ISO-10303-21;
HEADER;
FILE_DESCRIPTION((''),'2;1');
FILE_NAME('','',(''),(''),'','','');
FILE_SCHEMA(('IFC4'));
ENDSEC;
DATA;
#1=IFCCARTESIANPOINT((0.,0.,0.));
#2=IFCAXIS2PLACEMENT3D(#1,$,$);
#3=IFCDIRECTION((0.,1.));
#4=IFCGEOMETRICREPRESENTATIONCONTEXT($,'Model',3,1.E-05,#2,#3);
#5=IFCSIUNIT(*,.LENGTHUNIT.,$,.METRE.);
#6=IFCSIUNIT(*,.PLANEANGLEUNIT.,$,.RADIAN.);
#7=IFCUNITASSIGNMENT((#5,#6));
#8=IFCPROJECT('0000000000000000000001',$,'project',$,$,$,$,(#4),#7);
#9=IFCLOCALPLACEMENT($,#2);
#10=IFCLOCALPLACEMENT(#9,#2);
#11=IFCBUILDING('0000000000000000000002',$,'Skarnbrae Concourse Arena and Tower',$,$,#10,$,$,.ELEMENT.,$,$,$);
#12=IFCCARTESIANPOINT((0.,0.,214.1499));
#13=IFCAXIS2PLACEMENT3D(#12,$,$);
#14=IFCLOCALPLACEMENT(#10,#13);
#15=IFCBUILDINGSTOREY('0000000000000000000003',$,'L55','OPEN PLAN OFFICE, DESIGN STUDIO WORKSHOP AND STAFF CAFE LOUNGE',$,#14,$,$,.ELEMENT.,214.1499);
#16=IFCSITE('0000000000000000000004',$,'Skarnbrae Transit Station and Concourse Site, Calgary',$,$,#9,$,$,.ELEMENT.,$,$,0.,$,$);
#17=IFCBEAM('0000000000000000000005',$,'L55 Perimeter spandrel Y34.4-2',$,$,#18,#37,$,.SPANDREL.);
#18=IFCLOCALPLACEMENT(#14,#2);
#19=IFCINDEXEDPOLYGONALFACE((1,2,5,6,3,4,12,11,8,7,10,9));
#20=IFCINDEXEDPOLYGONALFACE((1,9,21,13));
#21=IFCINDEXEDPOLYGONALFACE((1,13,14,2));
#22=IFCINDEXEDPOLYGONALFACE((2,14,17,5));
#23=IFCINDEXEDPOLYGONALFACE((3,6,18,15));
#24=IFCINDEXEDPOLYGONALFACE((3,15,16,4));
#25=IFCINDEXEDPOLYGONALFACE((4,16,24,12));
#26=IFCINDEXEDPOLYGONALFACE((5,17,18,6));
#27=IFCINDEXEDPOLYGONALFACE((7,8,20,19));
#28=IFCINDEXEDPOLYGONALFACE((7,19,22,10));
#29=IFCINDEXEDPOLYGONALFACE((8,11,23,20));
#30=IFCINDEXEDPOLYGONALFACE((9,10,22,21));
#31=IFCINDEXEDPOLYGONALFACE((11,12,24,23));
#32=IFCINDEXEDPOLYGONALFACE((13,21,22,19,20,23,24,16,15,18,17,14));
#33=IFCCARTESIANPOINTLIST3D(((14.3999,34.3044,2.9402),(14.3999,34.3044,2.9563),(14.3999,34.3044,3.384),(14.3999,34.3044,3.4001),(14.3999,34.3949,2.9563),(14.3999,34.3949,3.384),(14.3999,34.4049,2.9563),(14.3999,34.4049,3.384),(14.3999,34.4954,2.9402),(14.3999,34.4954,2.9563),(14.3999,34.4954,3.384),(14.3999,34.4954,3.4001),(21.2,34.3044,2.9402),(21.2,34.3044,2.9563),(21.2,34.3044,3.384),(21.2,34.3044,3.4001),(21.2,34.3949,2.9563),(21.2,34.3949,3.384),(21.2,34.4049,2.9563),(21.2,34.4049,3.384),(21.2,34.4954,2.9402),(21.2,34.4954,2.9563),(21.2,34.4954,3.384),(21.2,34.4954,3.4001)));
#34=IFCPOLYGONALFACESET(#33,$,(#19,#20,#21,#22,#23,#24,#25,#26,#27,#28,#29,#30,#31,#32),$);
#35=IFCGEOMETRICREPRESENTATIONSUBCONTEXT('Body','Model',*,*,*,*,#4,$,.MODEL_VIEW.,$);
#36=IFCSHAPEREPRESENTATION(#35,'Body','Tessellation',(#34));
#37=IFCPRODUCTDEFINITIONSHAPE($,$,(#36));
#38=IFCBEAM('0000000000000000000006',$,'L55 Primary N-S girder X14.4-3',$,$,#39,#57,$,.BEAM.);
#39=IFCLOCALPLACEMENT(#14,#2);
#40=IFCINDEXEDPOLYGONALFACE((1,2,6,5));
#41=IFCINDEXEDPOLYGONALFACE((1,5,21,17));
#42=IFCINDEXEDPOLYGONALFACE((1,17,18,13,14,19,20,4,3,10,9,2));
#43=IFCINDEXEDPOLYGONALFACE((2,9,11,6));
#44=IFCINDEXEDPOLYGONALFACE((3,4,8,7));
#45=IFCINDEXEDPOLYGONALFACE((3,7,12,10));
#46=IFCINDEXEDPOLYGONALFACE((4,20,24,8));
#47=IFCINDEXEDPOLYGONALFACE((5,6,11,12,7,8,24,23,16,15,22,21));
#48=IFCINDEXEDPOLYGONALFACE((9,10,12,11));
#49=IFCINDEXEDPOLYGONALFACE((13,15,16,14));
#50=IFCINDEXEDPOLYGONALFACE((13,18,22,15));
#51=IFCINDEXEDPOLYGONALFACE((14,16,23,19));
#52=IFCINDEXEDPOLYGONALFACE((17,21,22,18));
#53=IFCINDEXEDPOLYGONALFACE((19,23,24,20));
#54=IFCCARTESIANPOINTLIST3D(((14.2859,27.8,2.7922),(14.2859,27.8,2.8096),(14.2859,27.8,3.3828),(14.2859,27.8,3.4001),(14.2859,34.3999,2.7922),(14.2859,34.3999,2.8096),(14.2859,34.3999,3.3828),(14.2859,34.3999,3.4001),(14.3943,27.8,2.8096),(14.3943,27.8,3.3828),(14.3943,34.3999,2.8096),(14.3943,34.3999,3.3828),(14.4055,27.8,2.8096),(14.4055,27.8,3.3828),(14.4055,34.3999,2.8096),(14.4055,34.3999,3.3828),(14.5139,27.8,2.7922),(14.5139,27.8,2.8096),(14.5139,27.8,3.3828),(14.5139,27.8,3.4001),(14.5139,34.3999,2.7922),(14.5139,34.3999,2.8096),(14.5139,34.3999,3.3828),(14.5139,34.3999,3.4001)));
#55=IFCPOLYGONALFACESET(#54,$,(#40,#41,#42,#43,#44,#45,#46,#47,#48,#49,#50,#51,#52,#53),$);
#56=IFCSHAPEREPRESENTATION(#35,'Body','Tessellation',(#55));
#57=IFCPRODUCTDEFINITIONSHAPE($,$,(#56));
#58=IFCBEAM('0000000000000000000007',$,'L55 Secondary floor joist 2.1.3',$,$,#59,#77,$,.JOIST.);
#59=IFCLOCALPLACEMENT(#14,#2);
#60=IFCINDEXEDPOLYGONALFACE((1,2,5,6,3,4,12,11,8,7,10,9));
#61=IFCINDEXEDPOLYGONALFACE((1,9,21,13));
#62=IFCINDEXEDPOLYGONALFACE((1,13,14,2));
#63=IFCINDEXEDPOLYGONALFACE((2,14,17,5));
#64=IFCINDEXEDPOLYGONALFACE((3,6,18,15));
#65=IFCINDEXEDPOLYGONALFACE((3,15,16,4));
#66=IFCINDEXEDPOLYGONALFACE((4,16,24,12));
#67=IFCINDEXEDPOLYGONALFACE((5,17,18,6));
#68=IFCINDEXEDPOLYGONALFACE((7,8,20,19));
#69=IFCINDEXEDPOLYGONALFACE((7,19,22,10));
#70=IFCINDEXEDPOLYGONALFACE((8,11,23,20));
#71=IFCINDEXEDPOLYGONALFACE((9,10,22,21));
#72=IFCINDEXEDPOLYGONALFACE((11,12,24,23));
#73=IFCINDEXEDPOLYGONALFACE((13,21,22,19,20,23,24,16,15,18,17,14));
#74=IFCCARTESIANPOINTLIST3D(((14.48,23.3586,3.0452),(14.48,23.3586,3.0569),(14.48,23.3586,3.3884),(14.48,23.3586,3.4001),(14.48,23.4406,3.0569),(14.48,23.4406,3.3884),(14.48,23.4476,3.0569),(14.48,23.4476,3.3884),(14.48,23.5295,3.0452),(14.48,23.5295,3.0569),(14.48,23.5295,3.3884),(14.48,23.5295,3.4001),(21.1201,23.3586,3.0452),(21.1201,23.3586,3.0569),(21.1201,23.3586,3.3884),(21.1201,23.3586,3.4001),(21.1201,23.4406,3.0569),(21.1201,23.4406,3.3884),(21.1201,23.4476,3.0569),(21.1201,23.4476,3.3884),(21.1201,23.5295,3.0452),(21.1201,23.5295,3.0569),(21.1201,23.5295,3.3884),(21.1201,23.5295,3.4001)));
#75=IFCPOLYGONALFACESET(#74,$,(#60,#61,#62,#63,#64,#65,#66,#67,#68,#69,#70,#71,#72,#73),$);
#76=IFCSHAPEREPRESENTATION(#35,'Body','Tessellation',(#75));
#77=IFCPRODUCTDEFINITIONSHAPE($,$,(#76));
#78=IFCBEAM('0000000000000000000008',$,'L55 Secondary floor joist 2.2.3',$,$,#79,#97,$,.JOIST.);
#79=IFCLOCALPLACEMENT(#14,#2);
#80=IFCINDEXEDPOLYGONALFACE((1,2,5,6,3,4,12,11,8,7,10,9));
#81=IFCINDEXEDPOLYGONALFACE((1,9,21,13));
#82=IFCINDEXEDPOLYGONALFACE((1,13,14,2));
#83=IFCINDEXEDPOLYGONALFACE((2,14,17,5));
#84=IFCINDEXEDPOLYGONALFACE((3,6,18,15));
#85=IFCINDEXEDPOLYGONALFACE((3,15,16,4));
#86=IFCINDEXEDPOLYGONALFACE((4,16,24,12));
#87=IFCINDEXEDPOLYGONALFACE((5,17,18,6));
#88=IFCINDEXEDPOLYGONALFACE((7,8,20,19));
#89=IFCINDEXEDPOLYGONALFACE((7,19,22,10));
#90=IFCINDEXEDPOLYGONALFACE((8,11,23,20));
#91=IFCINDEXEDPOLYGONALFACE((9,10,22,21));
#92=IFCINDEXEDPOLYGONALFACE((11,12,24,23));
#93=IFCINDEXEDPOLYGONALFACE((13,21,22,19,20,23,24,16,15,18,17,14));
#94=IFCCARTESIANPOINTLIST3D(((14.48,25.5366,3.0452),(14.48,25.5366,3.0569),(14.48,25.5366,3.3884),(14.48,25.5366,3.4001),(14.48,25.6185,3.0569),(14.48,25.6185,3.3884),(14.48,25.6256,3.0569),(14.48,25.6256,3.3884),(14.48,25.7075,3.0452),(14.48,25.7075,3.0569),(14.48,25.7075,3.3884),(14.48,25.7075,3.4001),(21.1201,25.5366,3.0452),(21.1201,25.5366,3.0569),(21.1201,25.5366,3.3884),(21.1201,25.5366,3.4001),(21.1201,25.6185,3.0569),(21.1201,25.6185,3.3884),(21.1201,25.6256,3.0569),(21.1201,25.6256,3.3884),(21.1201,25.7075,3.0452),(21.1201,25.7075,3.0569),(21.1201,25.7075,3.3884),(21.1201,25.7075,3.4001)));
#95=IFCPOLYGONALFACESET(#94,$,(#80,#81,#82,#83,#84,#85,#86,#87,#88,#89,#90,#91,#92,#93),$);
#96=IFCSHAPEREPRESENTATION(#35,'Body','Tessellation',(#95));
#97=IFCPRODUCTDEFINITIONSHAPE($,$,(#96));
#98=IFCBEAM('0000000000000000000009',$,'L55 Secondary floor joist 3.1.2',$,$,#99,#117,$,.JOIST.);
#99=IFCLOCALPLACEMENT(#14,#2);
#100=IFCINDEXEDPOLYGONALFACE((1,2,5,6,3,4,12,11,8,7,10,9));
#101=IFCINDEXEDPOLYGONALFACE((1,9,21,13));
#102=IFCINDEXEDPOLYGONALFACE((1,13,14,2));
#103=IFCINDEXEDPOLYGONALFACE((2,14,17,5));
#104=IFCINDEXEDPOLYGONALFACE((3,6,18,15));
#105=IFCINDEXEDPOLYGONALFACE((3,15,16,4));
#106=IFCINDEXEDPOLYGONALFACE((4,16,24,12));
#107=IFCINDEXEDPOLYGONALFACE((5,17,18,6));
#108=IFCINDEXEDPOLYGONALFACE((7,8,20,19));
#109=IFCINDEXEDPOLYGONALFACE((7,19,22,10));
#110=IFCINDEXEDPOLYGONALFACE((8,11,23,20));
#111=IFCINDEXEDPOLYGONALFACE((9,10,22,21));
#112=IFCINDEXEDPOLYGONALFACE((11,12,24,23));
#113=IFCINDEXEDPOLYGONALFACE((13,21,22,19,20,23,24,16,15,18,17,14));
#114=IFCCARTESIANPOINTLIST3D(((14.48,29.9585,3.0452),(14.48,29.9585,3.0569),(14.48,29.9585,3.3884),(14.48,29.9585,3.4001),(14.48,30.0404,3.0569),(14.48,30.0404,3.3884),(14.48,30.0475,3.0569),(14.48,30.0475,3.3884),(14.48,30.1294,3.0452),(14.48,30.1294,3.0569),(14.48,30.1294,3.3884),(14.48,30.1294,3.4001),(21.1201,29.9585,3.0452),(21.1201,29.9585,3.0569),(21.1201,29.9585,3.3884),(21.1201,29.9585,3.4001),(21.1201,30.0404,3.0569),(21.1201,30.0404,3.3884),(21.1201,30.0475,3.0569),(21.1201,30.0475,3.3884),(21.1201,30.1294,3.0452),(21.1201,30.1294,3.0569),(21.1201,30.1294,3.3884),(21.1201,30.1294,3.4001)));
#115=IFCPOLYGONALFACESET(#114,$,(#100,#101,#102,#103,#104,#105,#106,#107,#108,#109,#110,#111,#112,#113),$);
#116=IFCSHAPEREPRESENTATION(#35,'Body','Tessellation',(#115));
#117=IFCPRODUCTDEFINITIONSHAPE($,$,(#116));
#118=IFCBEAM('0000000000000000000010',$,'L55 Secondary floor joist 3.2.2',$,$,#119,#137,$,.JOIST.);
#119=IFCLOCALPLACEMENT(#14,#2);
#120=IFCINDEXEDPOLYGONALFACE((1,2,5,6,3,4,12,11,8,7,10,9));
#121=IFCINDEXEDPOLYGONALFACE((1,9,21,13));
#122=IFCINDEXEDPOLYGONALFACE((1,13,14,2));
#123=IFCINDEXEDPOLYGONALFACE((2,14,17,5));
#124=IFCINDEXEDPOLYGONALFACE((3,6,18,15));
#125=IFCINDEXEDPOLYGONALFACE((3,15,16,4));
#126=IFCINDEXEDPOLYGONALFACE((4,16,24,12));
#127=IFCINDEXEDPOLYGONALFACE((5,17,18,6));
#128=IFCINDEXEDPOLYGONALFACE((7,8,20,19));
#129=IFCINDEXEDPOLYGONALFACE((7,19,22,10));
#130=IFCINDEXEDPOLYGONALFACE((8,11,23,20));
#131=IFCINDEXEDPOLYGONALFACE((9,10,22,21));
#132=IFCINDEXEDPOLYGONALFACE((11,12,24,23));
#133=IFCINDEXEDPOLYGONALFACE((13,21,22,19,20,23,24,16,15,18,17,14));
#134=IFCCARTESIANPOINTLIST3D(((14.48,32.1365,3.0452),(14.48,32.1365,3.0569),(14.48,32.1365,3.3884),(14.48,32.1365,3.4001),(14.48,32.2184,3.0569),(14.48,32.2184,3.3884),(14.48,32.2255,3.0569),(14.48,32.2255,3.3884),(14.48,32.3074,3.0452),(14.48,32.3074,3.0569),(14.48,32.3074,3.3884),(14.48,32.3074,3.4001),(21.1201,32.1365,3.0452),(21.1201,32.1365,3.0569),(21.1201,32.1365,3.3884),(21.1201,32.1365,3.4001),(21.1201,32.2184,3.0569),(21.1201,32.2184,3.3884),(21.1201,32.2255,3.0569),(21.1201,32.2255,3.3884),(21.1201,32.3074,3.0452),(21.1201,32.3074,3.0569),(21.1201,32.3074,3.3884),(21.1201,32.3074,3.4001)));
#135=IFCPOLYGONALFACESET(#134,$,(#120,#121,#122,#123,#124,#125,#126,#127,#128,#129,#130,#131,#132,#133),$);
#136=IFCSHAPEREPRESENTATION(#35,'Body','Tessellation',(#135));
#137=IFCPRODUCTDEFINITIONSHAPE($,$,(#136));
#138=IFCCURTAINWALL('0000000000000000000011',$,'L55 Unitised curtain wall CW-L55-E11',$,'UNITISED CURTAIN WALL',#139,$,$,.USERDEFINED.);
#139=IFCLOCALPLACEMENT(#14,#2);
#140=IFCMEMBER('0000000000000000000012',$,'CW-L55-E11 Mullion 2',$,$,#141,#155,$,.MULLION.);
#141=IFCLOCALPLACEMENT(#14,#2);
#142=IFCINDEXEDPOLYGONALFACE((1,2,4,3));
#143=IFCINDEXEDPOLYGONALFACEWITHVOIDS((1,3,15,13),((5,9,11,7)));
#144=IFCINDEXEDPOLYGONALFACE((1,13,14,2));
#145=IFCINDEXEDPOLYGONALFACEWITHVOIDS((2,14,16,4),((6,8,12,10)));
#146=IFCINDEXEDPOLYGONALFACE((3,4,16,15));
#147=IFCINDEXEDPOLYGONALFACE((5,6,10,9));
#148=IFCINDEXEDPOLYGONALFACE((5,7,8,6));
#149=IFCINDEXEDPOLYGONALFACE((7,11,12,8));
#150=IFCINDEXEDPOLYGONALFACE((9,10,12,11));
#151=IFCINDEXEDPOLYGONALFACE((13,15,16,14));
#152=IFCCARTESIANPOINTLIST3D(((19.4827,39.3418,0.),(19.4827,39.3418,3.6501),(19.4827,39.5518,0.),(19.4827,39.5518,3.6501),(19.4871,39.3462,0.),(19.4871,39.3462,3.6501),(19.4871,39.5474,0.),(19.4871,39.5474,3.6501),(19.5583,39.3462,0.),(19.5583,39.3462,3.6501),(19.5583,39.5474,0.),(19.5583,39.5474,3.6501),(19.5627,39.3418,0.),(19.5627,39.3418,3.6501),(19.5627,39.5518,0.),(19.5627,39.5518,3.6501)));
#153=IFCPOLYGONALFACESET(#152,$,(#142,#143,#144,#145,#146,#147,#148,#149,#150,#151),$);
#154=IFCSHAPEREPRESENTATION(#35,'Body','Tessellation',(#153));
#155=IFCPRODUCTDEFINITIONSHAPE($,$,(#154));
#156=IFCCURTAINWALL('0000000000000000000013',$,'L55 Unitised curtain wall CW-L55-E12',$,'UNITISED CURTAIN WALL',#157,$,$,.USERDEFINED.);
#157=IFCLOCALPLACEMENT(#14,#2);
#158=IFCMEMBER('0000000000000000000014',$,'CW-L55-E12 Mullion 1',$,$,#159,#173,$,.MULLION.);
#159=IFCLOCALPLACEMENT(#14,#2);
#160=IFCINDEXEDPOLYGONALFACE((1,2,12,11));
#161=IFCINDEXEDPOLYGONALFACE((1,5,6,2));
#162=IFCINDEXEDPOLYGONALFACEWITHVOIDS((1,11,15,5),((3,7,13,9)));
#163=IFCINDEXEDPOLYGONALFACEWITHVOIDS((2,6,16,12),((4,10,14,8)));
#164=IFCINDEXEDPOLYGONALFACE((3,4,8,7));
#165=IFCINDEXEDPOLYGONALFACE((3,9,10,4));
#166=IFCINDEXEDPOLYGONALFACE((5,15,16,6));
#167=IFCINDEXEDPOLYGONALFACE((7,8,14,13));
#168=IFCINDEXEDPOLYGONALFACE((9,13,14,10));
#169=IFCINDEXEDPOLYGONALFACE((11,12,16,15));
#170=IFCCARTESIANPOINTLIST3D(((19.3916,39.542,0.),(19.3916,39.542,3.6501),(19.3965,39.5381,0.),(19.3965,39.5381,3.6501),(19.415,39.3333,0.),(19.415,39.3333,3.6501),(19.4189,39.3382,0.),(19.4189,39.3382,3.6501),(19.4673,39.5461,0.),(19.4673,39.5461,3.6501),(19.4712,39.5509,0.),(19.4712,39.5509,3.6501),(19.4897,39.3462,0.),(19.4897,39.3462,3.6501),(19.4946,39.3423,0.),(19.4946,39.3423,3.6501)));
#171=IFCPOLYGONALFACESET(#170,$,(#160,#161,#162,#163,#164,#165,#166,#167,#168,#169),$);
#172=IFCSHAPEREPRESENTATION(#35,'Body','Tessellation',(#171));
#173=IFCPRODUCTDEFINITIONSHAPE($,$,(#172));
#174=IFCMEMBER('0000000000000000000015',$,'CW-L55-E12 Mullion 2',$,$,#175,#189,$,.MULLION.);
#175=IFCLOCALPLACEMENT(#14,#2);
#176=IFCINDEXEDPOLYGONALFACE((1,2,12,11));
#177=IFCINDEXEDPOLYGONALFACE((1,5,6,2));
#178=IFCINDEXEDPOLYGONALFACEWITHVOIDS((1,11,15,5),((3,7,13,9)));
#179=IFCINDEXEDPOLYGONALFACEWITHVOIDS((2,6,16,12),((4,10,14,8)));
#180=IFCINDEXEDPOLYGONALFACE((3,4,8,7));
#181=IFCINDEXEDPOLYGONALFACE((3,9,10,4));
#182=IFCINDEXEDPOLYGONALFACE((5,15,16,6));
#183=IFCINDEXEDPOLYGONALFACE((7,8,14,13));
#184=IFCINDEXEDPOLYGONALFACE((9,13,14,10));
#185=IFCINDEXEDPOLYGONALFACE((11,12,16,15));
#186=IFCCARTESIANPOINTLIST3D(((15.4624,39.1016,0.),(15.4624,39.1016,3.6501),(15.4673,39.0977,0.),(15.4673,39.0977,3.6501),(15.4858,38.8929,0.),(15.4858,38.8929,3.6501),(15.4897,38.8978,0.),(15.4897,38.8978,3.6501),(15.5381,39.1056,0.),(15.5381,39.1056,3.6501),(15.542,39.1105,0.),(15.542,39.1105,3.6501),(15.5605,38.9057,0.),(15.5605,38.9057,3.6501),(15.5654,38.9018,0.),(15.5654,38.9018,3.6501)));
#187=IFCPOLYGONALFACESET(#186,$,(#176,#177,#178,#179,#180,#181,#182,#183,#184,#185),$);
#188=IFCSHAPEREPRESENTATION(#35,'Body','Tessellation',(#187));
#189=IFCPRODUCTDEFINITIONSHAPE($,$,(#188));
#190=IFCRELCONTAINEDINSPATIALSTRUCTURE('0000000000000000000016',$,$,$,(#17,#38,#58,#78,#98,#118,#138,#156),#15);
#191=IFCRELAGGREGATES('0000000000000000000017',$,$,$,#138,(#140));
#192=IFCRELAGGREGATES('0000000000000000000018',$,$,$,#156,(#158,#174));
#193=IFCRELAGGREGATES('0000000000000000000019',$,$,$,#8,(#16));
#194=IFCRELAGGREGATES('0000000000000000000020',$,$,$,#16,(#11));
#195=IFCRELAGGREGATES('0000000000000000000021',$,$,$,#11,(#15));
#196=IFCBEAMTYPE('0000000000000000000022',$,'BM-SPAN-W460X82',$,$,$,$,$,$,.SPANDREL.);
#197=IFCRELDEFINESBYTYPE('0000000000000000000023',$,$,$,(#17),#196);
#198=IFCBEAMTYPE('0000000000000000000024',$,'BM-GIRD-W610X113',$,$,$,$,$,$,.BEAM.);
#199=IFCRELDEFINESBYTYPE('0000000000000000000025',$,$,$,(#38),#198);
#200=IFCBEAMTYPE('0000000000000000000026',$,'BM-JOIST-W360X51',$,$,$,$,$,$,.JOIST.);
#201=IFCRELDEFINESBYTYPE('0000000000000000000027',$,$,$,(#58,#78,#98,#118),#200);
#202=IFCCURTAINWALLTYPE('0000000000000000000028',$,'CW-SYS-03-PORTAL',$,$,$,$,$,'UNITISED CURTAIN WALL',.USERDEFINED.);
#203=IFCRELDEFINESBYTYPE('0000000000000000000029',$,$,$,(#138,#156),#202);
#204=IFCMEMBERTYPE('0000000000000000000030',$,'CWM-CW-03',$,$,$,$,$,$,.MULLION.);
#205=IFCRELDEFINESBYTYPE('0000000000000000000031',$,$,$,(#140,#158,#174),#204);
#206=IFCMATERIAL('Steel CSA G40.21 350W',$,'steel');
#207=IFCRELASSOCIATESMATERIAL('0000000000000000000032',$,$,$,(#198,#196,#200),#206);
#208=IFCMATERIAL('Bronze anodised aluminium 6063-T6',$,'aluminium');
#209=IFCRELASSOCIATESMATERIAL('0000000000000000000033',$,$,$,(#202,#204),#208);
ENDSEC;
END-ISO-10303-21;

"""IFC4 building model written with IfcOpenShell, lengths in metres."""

from ifc_helpers import new_model, si_unit, direction, frame, origin, origin_2d, place, context, subcontext, project, spatial, hollow_rectangle, i_section, extrude, source, transform, mapped, material, material_profile, profile_set, type_object, element, aggregate, save


model = new_model("IFC4")

# Units and contexts
model_context = context("Model", 3, precision=1e-05, world=origin(), true_north=direction((0.0, 1.0)))
body_context = subcontext(model_context, "Body", "Model", "MODEL_VIEW")
ifc_project = project(units=[si_unit("LENGTHUNIT", "METRE"), si_unit("PLANEANGLEUNIT", "RADIAN")], contexts=[model_context])

# Site, building, storey
site_placement = place(None, origin())
site = spatial("IfcSite", under=ifc_project, at=site_placement, Name="Skarnbrae Transit Station and Concourse Site, Calgary", CompositionType="ELEMENT", RefElevation=0.0)
building_placement = place(site_placement, origin())
building = spatial("IfcBuilding", under=site, at=building_placement, Name="Skarnbrae Concourse Arena and Tower", CompositionType="ELEMENT")
storey_placement = place(building_placement, frame((0.0, 0.0, 214.1499)))
storey = spatial("IfcBuildingStorey", under=building, at=storey_placement, Name="L55", Description="OPEN PLAN OFFICE, DESIGN STUDIO WORKSHOP AND STAFF CAFE LOUNGE", CompositionType="ELEMENT", Elevation=214.1499)

# Shared definitions
ifc_material_1 = material(Name="Steel CSA G40.21 350W", Category="steel")

# Beams
ifc_material_profile_1 = material_profile(ifc_material_1, i_section(OverallWidth=0.228, OverallDepth=0.6079, WebThickness=0.0112, FlangeThickness=0.0173, at=origin_2d()), Name="W610X113")
ifc_profile_set_1 = profile_set([ifc_material_profile_1], Name="Steel CSA G40.21 350W")
beam_type_1 = type_object("IfcBeamType", Name="BM-GIRD-W610X113", PredefinedType="BEAM", material=ifc_profile_set_1)
ifc_material_profile_2 = material_profile(ifc_material_1, i_section(OverallWidth=0.1909, OverallDepth=0.46, WebThickness=0.01, FlangeThickness=0.0161, at=origin_2d()), Name="W460X82")
ifc_profile_set_2 = profile_set([ifc_material_profile_2], Name="Steel CSA G40.21 350W")
beam_type_2 = type_object("IfcBeamType", Name="BM-SPAN-W460X82", PredefinedType="SPANDREL", material=ifc_profile_set_2)
shared_shape_1 = source(origin(), body_context, "Body", "SweptSolid", [
    extrude(i_section(OverallWidth=0.1909, OverallDepth=0.46, WebThickness=0.01, FlangeThickness=0.0161, at=origin_2d()), origin(), (0.0, 0.0, 1.0), 6.8),
])
beam_1_placement = place(storey_placement, frame((14.3999, 34.3999, 3.1702), z_axis=(1.0, 0.0, 0.0), x_axis=(0.0, 1.0, 0.0)))
element("IfcBeam", 1, at=beam_1_placement, inside=storey, type_object=beam_type_2, Name="L55 Perimeter spandrel Y34.4-2", PredefinedType="SPANDREL", context=body_context, shape_type="MappedRepresentation", body=[
    mapped(shared_shape_1, transform((0.0, 0.0, 0.0))),
])
shared_shape_2 = source(origin(), body_context, "Body", "SweptSolid", [
    extrude(i_section(OverallWidth=0.228, OverallDepth=0.6079, WebThickness=0.0112, FlangeThickness=0.0173, at=origin_2d()), origin(), (0.0, 0.0, 1.0), 6.5999),
])
beam_2_placement = place(storey_placement, frame((14.3999, 27.8, 3.0962), z_axis=(0.0, 1.0, 0.0), x_axis=(-1.0, 0.0, 0.0)))
element("IfcBeam", 2, at=beam_2_placement, inside=storey, type_object=beam_type_1, Name="L55 Primary N-S girder X14.4-3", PredefinedType="BEAM", context=body_context, shape_type="MappedRepresentation", body=[
    mapped(shared_shape_2, transform((0.0, 0.0, 0.0))),
])
ifc_material_profile_3 = material_profile(ifc_material_1, i_section(OverallWidth=0.1709, OverallDepth=0.355, WebThickness=0.0071, FlangeThickness=0.0117, at=origin_2d()), Name="W360X51")
ifc_profile_set_3 = profile_set([ifc_material_profile_3], Name="Steel CSA G40.21 350W")
beam_type_3 = type_object("IfcBeamType", Name="BM-JOIST-W360X51", PredefinedType="JOIST", material=ifc_profile_set_3)
shared_shape_3 = source(origin(), body_context, "Body", "SweptSolid", [
    extrude(i_section(OverallWidth=0.1709, OverallDepth=0.355, WebThickness=0.0071, FlangeThickness=0.0117, at=origin_2d()), origin(), (0.0, 0.0, 1.0), 6.6401),
])
for number, where, z_axis, x_axis, name in (
    (3, (14.48, 23.4441, 3.2227), (1.0, 0.0, 0.0), (0.0, 1.0, 0.0), "L55 Secondary floor joist 2.1.3"),
    (4, (14.48, 25.6221, 3.2227), (1.0, 0.0, 0.0), (0.0, 1.0, 0.0), "L55 Secondary floor joist 2.2.3"),
    (5, (14.48, 30.0439, 3.2227), (1.0, 0.0, 0.0), (0.0, 1.0, 0.0), "L55 Secondary floor joist 3.1.2"),
    (6, (14.48, 32.2219, 3.2227), (1.0, 0.0, 0.0), (0.0, 1.0, 0.0), "L55 Secondary floor joist 3.2.2"),
):
    element("IfcBeam", number, at=place(storey_placement, frame(where, z_axis=z_axis, x_axis=x_axis)), inside=storey, type_object=beam_type_3, Name=name, PredefinedType="JOIST", context=body_context, shape_type="MappedRepresentation", body=[
        mapped(shared_shape_3, transform((0.0, 0.0, 0.0))),
    ])

# Curtain wall, member
ifc_material_2 = material(Name="Bronze anodised aluminium 6063-T6", Category="aluminium")
curtain_wall_type_1 = type_object("IfcCurtainWallType", Name="CW-SYS-03-PORTAL", ElementType="UNITISED CURTAIN WALL", PredefinedType="USERDEFINED", material=ifc_material_2)
curtain_wall_1_placement = place(storey_placement, origin())
curtain_wall_1 = element("IfcCurtainWall", 7, at=curtain_wall_1_placement, inside=storey, type_object=curtain_wall_type_1, Name="L55 Unitised curtain wall CW-L55-E11", ObjectType="UNITISED CURTAIN WALL", PredefinedType="USERDEFINED")
ifc_material_profile_4 = material_profile(ifc_material_2, hollow_rectangle(XDim=0.0801, YDim=0.21, WallThickness=0.0044, at=origin_2d()), Name="ALU-MULL-80X210")
ifc_profile_set_4 = profile_set([ifc_material_profile_4], Name="Bronze anodised aluminium 6063-T6")
member_type_1 = type_object("IfcMemberType", Name="CWM-CW-03", PredefinedType="MULLION", material=ifc_profile_set_4)
shared_shape_4 = source(origin(), body_context, "Body", "SweptSolid", [
    extrude(hollow_rectangle(XDim=0.0801, YDim=0.21, WallThickness=0.0044, at=origin_2d()), origin(), (0.0, 0.0, 1.0), 3.6501),
])
member_1_placement = place(storey_placement, frame((19.5227, 39.4468, 0.0), z_axis=(0.0, 0.0, 1.0), x_axis=(-1.0, 0.0, 0.0)))
member_1 = element("IfcMember", 8, at=member_1_placement, type_object=member_type_1, Name="CW-L55-E11 Mullion 2", PredefinedType="MULLION", context=body_context, shape_type="MappedRepresentation", body=[
    mapped(shared_shape_4, transform((0.0, 0.0, 0.0))),
])
aggregate(curtain_wall_1, [member_1])

# Curtain wall, members
curtain_wall_2_placement = place(storey_placement, origin())
curtain_wall_2 = element("IfcCurtainWall", 9, at=curtain_wall_2_placement, inside=storey, type_object=curtain_wall_type_1, Name="L55 Unitised curtain wall CW-L55-E12", ObjectType="UNITISED CURTAIN WALL", PredefinedType="USERDEFINED")
member_2_placement = place(storey_placement, frame((19.4431, 39.4421, 0.0), z_axis=(0.0, 0.0, 1.0), x_axis=(-0.993769, -0.11146, 0.0)))
member_2 = element("IfcMember", 10, at=member_2_placement, type_object=member_type_1, Name="CW-L55-E12 Mullion 1", PredefinedType="MULLION", context=body_context, shape_type="MappedRepresentation", body=[
    mapped(shared_shape_4, transform((0.0, 0.0, 0.0))),
])
member_3_placement = place(storey_placement, frame((15.5139, 39.0017, 0.0), z_axis=(0.0, 0.0, 1.0), x_axis=(-0.993769, -0.11146, 0.0)))
member_3 = element("IfcMember", 11, at=member_3_placement, type_object=member_type_1, Name="CW-L55-E12 Mullion 2", PredefinedType="MULLION", context=body_context, shape_type="MappedRepresentation", body=[
    mapped(shared_shape_4, transform((0.0, 0.0, 0.0))),
])

aggregate(curtain_wall_2, [member_2, member_3])

save(model, "model.ifc")
